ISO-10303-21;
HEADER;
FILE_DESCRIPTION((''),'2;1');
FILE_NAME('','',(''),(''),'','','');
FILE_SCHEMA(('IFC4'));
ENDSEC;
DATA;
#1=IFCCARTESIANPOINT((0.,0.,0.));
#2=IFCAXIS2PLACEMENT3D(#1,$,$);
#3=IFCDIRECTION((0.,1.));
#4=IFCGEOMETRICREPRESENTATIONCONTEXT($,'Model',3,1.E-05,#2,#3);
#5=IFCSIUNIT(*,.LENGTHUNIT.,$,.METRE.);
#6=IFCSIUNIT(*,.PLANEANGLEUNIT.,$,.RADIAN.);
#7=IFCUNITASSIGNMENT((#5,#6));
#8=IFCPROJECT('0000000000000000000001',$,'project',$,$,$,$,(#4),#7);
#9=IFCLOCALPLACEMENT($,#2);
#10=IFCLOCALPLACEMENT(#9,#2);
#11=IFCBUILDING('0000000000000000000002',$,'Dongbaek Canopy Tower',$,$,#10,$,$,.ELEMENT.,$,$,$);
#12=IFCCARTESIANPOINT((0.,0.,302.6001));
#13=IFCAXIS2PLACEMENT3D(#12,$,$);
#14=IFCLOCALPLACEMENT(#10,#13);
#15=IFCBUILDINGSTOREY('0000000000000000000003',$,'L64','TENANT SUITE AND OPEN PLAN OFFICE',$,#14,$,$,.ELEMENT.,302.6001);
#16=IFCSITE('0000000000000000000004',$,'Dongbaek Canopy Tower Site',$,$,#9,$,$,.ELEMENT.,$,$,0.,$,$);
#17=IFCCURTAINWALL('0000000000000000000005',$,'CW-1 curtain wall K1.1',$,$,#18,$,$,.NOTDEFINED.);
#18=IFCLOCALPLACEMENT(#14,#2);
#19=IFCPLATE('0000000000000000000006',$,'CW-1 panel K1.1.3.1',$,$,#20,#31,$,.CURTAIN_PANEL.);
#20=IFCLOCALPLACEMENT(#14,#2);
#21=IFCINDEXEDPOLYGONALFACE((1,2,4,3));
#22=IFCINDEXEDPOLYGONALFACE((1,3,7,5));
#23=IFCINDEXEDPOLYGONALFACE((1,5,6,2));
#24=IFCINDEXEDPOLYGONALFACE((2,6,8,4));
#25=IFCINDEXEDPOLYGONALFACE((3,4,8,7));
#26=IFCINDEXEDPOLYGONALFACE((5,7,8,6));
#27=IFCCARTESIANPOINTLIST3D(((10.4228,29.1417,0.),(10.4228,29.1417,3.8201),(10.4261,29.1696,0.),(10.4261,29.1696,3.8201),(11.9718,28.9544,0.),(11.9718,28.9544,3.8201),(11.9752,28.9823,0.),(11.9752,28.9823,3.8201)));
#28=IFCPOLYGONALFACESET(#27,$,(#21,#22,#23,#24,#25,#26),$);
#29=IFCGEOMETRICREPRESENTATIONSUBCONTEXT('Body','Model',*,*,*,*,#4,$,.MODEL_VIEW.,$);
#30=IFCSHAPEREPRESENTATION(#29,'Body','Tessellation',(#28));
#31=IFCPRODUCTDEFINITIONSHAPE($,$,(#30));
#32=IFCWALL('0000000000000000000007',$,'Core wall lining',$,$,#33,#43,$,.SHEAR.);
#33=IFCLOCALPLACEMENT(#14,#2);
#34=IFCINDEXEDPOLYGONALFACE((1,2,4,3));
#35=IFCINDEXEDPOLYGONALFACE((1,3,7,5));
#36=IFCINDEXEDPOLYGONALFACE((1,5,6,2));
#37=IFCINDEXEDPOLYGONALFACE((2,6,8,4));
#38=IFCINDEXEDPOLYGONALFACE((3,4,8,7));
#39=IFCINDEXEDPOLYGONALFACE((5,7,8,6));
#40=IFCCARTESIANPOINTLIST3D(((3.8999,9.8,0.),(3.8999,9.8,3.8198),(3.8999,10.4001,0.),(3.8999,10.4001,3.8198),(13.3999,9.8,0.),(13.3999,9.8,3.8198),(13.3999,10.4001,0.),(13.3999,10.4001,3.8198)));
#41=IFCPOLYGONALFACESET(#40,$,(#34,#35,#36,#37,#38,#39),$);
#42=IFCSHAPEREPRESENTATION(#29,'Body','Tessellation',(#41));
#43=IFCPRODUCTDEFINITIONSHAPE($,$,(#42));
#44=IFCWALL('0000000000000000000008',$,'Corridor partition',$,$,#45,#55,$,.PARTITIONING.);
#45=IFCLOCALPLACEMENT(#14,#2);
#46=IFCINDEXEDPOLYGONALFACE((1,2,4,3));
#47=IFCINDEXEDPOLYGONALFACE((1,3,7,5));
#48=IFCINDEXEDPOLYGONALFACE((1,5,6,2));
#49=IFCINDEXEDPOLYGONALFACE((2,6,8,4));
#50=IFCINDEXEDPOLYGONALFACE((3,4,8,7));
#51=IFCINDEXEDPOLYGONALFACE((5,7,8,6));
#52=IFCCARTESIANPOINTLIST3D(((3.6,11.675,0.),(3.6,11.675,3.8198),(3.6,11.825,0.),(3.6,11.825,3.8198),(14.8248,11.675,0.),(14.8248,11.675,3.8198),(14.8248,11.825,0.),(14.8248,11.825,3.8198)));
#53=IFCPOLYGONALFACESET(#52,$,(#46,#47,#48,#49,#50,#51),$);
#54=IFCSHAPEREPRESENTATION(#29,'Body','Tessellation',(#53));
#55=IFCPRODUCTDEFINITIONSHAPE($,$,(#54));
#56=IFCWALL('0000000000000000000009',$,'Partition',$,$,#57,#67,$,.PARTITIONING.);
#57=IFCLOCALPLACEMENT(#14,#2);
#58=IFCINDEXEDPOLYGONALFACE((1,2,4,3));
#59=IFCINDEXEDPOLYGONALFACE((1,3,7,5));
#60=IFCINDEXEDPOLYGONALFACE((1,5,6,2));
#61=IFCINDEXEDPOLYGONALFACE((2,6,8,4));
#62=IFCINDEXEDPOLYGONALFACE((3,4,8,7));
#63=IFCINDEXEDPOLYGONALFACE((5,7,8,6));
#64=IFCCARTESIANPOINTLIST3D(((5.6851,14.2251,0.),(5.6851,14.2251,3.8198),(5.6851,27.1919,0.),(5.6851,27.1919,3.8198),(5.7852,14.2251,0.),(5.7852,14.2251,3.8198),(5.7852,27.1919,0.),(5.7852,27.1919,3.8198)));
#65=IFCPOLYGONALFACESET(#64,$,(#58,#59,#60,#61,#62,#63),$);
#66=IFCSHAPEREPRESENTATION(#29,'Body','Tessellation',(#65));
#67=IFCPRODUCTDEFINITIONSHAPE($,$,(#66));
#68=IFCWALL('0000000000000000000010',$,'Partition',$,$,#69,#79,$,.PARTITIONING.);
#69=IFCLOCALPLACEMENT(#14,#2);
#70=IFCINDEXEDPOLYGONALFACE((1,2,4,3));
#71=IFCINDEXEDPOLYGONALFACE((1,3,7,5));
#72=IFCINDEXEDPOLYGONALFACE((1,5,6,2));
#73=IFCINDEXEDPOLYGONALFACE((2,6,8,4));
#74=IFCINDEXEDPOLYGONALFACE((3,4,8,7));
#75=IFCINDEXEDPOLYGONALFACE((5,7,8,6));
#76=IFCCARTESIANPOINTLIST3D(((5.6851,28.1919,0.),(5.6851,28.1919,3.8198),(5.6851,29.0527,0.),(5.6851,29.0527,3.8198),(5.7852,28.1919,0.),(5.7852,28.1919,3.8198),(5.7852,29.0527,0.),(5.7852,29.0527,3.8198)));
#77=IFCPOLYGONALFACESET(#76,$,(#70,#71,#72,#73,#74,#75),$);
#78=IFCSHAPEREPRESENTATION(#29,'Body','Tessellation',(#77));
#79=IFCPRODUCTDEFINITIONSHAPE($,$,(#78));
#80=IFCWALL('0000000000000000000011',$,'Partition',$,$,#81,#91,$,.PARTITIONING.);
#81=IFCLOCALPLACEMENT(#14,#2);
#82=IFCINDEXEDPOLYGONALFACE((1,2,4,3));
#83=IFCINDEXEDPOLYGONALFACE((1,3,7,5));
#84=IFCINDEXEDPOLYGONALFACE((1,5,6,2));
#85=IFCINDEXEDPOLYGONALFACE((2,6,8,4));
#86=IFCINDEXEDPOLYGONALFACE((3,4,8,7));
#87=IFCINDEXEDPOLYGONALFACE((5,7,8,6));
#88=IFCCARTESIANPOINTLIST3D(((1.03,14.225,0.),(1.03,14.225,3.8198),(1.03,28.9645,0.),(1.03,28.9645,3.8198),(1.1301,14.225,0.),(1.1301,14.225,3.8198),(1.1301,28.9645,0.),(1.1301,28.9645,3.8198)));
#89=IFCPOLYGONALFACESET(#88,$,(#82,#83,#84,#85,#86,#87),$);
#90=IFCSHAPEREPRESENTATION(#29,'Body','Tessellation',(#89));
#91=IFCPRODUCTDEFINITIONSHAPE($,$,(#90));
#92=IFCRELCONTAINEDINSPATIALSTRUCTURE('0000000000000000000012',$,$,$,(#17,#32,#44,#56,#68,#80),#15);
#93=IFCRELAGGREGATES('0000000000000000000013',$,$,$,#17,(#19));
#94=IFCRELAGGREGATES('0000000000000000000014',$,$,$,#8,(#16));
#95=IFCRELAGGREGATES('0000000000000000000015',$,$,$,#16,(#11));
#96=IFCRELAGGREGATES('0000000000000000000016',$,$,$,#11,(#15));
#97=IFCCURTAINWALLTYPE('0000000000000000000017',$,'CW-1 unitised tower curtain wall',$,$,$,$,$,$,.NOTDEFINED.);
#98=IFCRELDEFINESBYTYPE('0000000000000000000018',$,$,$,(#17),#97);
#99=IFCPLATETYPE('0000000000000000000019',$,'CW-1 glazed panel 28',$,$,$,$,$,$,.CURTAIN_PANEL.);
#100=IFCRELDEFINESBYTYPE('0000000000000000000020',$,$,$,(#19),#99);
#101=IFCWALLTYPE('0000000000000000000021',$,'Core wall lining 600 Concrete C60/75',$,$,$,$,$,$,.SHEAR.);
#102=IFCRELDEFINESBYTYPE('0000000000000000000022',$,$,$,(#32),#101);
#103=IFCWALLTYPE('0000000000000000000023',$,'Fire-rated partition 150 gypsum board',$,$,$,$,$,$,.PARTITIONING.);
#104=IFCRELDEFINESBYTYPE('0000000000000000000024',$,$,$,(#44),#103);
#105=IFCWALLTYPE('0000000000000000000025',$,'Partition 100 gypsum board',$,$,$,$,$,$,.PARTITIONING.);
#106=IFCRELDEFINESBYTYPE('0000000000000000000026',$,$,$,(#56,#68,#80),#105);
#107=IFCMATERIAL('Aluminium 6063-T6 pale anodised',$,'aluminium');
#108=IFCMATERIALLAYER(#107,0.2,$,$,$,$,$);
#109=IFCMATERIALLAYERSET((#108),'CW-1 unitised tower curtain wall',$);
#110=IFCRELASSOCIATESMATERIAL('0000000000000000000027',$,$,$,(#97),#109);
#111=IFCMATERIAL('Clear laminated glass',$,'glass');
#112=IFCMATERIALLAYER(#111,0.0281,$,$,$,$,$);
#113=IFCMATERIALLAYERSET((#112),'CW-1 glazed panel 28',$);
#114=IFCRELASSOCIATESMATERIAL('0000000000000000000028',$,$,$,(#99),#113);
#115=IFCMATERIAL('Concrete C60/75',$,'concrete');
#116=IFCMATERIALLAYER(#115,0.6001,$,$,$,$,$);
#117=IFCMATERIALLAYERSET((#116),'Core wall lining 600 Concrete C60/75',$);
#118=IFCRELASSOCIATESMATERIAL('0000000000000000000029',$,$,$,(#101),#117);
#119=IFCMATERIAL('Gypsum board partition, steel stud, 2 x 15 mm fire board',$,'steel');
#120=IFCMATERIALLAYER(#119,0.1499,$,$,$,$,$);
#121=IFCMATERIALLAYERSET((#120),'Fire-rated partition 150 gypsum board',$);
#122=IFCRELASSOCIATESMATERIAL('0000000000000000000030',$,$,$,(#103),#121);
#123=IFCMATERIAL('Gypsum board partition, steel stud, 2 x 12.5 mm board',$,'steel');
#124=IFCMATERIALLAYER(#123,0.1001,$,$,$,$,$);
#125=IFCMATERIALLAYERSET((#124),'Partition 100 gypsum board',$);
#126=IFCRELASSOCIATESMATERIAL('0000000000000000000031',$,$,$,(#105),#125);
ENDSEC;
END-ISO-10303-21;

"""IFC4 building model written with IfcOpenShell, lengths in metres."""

from ifc_helpers import new_model, si_unit, direction, frame, frame_2d, origin, origin_2d, place, context, subcontext, project, spatial, rectangle, extrude, material, layer, layer_set, type_object, element, aggregate, save


model = new_model("IFC4")

# Units and contexts
model_context = context("Model", 3, precision=1e-05, world=origin(), true_north=direction((0.0, 1.0)))
body_context = subcontext(model_context, "Body", "Model", "MODEL_VIEW")
ifc_project = project(units=[si_unit("LENGTHUNIT", "METRE"), si_unit("PLANEANGLEUNIT", "RADIAN")], contexts=[model_context])

# Site, building, storey
site_placement = place(None, origin())
site = spatial("IfcSite", under=ifc_project, at=site_placement, Name="Dongbaek Canopy Tower Site", CompositionType="ELEMENT", RefElevation=0.0)
building_placement = place(site_placement, origin())
building = spatial("IfcBuilding", under=site, at=building_placement, Name="Dongbaek Canopy Tower", CompositionType="ELEMENT")
storey_placement = place(building_placement, frame((0.0, 0.0, 302.6001)))
storey = spatial("IfcBuildingStorey", under=building, at=storey_placement, Name="L64", Description="TENANT SUITE AND OPEN PLAN OFFICE", CompositionType="ELEMENT", Elevation=302.6001)

# Curtain wall
ifc_material_1 = material(Name="Aluminium 6063-T6 pale anodised", Category="aluminium")
ifc_layer_1 = layer(ifc_material_1, 0.2)
ifc_layer_set_1 = layer_set([ifc_layer_1], Name="CW-1 unitised tower curtain wall")
curtain_wall_type = type_object("IfcCurtainWallType", Name="CW-1 unitised tower curtain wall", PredefinedType="NOTDEFINED", material=ifc_layer_set_1)
curtain_wall_placement = place(storey_placement, origin())
curtain_wall = element("IfcCurtainWall", 1, at=curtain_wall_placement, inside=storey, type_object=curtain_wall_type, Name="CW-1 curtain wall K1.1", PredefinedType="NOTDEFINED")

# Plate
ifc_material_2 = material(Name="Clear laminated glass", Category="glass")
ifc_layer_2 = layer(ifc_material_2, 0.0281)
ifc_layer_set_2 = layer_set([ifc_layer_2], Name="CW-1 glazed panel 28")
plate_type = type_object("IfcPlateType", Name="CW-1 glazed panel 28", PredefinedType="CURTAIN_PANEL", material=ifc_layer_set_2)
plate_1_placement = place(storey_placement, frame((11.199, 29.062, 0.0), z_axis=(0.0, 0.0, 1.0), x_axis=(-0.992771, 0.120026, 0.0)))
plate_1 = element("IfcPlate", 2, at=plate_1_placement, type_object=plate_type, Name="CW-1 panel K1.1.3.1", PredefinedType="CURTAIN_PANEL", context=body_context, shape_type="SweptSolid", body=[
    extrude(rectangle(XDim=1.5603, YDim=0.0281, at=origin_2d()), origin(), (0.0, 0.0, 1.0), 3.8201),
])
aggregate(curtain_wall, [plate_1])

# Walls
ifc_material_3 = material(Name="Concrete C60/75", Category="concrete")
ifc_layer_3 = layer(ifc_material_3, 0.6001)
ifc_layer_set_3 = layer_set([ifc_layer_3], Name="Core wall lining 600 Concrete C60/75")
wall_type_1 = type_object("IfcWallType", Name="Core wall lining 600 Concrete C60/75", PredefinedType="SHEAR", material=ifc_layer_set_3)
wall_1_placement = place(storey_placement, frame((3.8999, 10.1001, 0.0), z_axis=(0.0, 0.0, 1.0), x_axis=(1.0, 0.0, 0.0)))
element("IfcWall", 3, at=wall_1_placement, inside=storey, type_object=wall_type_1, Name="Core wall lining", PredefinedType="SHEAR", context=body_context, shape_type="SweptSolid", body=[
    extrude(rectangle(XDim=9.5, YDim=0.6001, at=frame_2d((4.75, 0.0))), origin(), (0.0, 0.0, 1.0), 3.8198),
])
ifc_material_4 = material(Name="Gypsum board partition, steel stud, 2 x 15 mm fire board", Category="steel")
ifc_layer_4 = layer(ifc_material_4, 0.1499)
ifc_layer_set_4 = layer_set([ifc_layer_4], Name="Fire-rated partition 150 gypsum board")
wall_type_2 = type_object("IfcWallType", Name="Fire-rated partition 150 gypsum board", PredefinedType="PARTITIONING", material=ifc_layer_set_4)
wall_2_placement = place(storey_placement, frame((3.6001, 11.75, 0.0), z_axis=(0.0, 0.0, 1.0), x_axis=(1.0, 0.0, 0.0)))
element("IfcWall", 4, at=wall_2_placement, inside=storey, type_object=wall_type_2, Name="Corridor partition", PredefinedType="PARTITIONING", context=body_context, shape_type="SweptSolid", body=[
    extrude(rectangle(XDim=11.2249, YDim=0.1499, at=frame_2d((5.6123, 0.0))), origin(), (0.0, 0.0, 1.0), 3.8198),
])
ifc_material_5 = material(Name="Gypsum board partition, steel stud, 2 x 12.5 mm board", Category="steel")
ifc_layer_5 = layer(ifc_material_5, 0.1001)
ifc_layer_set_5 = layer_set([ifc_layer_5], Name="Partition 100 gypsum board")
wall_type_3 = type_object("IfcWallType", Name="Partition 100 gypsum board", PredefinedType="PARTITIONING", material=ifc_layer_set_5)
wall_3_placement = place(storey_placement, frame((5.7351, 14.2251, 0.0), z_axis=(0.0, 0.0, 1.0), x_axis=(0.0, 1.0, 0.0)))
element("IfcWall", 5, at=wall_3_placement, inside=storey, type_object=wall_type_3, Name="Partition", PredefinedType="PARTITIONING", context=body_context, shape_type="SweptSolid", body=[
    extrude(rectangle(XDim=12.9668, YDim=0.1001, at=frame_2d((6.4834, 0.0))), origin(), (0.0, 0.0, 1.0), 3.8198),
])
wall_4_placement = place(storey_placement, frame((5.7351, 28.1919, 0.0), z_axis=(0.0, 0.0, 1.0), x_axis=(0.0, 1.0, 0.0)))
element("IfcWall", 6, at=wall_4_placement, inside=storey, type_object=wall_type_3, Name="Partition", PredefinedType="PARTITIONING", context=body_context, shape_type="SweptSolid", body=[
    extrude(rectangle(XDim=0.8608, YDim=0.1001, at=frame_2d((0.4304, 0.0))), origin(), (0.0, 0.0, 1.0), 3.8198),
])
wall_5_placement = place(storey_placement, frame((1.0801, 14.2251, 0.0), z_axis=(0.0, 0.0, 1.0), x_axis=(0.0, 1.0, 0.0)))
element("IfcWall", 7, at=wall_5_placement, inside=storey, type_object=wall_type_3, Name="Partition", PredefinedType="PARTITIONING", context=body_context, shape_type="SweptSolid", body=[
    extrude(rectangle(XDim=14.7395, YDim=0.1001, at=frame_2d((7.3696, 0.0))), origin(), (0.0, 0.0, 1.0), 3.8198),
])

save(model, "model.ifc")
